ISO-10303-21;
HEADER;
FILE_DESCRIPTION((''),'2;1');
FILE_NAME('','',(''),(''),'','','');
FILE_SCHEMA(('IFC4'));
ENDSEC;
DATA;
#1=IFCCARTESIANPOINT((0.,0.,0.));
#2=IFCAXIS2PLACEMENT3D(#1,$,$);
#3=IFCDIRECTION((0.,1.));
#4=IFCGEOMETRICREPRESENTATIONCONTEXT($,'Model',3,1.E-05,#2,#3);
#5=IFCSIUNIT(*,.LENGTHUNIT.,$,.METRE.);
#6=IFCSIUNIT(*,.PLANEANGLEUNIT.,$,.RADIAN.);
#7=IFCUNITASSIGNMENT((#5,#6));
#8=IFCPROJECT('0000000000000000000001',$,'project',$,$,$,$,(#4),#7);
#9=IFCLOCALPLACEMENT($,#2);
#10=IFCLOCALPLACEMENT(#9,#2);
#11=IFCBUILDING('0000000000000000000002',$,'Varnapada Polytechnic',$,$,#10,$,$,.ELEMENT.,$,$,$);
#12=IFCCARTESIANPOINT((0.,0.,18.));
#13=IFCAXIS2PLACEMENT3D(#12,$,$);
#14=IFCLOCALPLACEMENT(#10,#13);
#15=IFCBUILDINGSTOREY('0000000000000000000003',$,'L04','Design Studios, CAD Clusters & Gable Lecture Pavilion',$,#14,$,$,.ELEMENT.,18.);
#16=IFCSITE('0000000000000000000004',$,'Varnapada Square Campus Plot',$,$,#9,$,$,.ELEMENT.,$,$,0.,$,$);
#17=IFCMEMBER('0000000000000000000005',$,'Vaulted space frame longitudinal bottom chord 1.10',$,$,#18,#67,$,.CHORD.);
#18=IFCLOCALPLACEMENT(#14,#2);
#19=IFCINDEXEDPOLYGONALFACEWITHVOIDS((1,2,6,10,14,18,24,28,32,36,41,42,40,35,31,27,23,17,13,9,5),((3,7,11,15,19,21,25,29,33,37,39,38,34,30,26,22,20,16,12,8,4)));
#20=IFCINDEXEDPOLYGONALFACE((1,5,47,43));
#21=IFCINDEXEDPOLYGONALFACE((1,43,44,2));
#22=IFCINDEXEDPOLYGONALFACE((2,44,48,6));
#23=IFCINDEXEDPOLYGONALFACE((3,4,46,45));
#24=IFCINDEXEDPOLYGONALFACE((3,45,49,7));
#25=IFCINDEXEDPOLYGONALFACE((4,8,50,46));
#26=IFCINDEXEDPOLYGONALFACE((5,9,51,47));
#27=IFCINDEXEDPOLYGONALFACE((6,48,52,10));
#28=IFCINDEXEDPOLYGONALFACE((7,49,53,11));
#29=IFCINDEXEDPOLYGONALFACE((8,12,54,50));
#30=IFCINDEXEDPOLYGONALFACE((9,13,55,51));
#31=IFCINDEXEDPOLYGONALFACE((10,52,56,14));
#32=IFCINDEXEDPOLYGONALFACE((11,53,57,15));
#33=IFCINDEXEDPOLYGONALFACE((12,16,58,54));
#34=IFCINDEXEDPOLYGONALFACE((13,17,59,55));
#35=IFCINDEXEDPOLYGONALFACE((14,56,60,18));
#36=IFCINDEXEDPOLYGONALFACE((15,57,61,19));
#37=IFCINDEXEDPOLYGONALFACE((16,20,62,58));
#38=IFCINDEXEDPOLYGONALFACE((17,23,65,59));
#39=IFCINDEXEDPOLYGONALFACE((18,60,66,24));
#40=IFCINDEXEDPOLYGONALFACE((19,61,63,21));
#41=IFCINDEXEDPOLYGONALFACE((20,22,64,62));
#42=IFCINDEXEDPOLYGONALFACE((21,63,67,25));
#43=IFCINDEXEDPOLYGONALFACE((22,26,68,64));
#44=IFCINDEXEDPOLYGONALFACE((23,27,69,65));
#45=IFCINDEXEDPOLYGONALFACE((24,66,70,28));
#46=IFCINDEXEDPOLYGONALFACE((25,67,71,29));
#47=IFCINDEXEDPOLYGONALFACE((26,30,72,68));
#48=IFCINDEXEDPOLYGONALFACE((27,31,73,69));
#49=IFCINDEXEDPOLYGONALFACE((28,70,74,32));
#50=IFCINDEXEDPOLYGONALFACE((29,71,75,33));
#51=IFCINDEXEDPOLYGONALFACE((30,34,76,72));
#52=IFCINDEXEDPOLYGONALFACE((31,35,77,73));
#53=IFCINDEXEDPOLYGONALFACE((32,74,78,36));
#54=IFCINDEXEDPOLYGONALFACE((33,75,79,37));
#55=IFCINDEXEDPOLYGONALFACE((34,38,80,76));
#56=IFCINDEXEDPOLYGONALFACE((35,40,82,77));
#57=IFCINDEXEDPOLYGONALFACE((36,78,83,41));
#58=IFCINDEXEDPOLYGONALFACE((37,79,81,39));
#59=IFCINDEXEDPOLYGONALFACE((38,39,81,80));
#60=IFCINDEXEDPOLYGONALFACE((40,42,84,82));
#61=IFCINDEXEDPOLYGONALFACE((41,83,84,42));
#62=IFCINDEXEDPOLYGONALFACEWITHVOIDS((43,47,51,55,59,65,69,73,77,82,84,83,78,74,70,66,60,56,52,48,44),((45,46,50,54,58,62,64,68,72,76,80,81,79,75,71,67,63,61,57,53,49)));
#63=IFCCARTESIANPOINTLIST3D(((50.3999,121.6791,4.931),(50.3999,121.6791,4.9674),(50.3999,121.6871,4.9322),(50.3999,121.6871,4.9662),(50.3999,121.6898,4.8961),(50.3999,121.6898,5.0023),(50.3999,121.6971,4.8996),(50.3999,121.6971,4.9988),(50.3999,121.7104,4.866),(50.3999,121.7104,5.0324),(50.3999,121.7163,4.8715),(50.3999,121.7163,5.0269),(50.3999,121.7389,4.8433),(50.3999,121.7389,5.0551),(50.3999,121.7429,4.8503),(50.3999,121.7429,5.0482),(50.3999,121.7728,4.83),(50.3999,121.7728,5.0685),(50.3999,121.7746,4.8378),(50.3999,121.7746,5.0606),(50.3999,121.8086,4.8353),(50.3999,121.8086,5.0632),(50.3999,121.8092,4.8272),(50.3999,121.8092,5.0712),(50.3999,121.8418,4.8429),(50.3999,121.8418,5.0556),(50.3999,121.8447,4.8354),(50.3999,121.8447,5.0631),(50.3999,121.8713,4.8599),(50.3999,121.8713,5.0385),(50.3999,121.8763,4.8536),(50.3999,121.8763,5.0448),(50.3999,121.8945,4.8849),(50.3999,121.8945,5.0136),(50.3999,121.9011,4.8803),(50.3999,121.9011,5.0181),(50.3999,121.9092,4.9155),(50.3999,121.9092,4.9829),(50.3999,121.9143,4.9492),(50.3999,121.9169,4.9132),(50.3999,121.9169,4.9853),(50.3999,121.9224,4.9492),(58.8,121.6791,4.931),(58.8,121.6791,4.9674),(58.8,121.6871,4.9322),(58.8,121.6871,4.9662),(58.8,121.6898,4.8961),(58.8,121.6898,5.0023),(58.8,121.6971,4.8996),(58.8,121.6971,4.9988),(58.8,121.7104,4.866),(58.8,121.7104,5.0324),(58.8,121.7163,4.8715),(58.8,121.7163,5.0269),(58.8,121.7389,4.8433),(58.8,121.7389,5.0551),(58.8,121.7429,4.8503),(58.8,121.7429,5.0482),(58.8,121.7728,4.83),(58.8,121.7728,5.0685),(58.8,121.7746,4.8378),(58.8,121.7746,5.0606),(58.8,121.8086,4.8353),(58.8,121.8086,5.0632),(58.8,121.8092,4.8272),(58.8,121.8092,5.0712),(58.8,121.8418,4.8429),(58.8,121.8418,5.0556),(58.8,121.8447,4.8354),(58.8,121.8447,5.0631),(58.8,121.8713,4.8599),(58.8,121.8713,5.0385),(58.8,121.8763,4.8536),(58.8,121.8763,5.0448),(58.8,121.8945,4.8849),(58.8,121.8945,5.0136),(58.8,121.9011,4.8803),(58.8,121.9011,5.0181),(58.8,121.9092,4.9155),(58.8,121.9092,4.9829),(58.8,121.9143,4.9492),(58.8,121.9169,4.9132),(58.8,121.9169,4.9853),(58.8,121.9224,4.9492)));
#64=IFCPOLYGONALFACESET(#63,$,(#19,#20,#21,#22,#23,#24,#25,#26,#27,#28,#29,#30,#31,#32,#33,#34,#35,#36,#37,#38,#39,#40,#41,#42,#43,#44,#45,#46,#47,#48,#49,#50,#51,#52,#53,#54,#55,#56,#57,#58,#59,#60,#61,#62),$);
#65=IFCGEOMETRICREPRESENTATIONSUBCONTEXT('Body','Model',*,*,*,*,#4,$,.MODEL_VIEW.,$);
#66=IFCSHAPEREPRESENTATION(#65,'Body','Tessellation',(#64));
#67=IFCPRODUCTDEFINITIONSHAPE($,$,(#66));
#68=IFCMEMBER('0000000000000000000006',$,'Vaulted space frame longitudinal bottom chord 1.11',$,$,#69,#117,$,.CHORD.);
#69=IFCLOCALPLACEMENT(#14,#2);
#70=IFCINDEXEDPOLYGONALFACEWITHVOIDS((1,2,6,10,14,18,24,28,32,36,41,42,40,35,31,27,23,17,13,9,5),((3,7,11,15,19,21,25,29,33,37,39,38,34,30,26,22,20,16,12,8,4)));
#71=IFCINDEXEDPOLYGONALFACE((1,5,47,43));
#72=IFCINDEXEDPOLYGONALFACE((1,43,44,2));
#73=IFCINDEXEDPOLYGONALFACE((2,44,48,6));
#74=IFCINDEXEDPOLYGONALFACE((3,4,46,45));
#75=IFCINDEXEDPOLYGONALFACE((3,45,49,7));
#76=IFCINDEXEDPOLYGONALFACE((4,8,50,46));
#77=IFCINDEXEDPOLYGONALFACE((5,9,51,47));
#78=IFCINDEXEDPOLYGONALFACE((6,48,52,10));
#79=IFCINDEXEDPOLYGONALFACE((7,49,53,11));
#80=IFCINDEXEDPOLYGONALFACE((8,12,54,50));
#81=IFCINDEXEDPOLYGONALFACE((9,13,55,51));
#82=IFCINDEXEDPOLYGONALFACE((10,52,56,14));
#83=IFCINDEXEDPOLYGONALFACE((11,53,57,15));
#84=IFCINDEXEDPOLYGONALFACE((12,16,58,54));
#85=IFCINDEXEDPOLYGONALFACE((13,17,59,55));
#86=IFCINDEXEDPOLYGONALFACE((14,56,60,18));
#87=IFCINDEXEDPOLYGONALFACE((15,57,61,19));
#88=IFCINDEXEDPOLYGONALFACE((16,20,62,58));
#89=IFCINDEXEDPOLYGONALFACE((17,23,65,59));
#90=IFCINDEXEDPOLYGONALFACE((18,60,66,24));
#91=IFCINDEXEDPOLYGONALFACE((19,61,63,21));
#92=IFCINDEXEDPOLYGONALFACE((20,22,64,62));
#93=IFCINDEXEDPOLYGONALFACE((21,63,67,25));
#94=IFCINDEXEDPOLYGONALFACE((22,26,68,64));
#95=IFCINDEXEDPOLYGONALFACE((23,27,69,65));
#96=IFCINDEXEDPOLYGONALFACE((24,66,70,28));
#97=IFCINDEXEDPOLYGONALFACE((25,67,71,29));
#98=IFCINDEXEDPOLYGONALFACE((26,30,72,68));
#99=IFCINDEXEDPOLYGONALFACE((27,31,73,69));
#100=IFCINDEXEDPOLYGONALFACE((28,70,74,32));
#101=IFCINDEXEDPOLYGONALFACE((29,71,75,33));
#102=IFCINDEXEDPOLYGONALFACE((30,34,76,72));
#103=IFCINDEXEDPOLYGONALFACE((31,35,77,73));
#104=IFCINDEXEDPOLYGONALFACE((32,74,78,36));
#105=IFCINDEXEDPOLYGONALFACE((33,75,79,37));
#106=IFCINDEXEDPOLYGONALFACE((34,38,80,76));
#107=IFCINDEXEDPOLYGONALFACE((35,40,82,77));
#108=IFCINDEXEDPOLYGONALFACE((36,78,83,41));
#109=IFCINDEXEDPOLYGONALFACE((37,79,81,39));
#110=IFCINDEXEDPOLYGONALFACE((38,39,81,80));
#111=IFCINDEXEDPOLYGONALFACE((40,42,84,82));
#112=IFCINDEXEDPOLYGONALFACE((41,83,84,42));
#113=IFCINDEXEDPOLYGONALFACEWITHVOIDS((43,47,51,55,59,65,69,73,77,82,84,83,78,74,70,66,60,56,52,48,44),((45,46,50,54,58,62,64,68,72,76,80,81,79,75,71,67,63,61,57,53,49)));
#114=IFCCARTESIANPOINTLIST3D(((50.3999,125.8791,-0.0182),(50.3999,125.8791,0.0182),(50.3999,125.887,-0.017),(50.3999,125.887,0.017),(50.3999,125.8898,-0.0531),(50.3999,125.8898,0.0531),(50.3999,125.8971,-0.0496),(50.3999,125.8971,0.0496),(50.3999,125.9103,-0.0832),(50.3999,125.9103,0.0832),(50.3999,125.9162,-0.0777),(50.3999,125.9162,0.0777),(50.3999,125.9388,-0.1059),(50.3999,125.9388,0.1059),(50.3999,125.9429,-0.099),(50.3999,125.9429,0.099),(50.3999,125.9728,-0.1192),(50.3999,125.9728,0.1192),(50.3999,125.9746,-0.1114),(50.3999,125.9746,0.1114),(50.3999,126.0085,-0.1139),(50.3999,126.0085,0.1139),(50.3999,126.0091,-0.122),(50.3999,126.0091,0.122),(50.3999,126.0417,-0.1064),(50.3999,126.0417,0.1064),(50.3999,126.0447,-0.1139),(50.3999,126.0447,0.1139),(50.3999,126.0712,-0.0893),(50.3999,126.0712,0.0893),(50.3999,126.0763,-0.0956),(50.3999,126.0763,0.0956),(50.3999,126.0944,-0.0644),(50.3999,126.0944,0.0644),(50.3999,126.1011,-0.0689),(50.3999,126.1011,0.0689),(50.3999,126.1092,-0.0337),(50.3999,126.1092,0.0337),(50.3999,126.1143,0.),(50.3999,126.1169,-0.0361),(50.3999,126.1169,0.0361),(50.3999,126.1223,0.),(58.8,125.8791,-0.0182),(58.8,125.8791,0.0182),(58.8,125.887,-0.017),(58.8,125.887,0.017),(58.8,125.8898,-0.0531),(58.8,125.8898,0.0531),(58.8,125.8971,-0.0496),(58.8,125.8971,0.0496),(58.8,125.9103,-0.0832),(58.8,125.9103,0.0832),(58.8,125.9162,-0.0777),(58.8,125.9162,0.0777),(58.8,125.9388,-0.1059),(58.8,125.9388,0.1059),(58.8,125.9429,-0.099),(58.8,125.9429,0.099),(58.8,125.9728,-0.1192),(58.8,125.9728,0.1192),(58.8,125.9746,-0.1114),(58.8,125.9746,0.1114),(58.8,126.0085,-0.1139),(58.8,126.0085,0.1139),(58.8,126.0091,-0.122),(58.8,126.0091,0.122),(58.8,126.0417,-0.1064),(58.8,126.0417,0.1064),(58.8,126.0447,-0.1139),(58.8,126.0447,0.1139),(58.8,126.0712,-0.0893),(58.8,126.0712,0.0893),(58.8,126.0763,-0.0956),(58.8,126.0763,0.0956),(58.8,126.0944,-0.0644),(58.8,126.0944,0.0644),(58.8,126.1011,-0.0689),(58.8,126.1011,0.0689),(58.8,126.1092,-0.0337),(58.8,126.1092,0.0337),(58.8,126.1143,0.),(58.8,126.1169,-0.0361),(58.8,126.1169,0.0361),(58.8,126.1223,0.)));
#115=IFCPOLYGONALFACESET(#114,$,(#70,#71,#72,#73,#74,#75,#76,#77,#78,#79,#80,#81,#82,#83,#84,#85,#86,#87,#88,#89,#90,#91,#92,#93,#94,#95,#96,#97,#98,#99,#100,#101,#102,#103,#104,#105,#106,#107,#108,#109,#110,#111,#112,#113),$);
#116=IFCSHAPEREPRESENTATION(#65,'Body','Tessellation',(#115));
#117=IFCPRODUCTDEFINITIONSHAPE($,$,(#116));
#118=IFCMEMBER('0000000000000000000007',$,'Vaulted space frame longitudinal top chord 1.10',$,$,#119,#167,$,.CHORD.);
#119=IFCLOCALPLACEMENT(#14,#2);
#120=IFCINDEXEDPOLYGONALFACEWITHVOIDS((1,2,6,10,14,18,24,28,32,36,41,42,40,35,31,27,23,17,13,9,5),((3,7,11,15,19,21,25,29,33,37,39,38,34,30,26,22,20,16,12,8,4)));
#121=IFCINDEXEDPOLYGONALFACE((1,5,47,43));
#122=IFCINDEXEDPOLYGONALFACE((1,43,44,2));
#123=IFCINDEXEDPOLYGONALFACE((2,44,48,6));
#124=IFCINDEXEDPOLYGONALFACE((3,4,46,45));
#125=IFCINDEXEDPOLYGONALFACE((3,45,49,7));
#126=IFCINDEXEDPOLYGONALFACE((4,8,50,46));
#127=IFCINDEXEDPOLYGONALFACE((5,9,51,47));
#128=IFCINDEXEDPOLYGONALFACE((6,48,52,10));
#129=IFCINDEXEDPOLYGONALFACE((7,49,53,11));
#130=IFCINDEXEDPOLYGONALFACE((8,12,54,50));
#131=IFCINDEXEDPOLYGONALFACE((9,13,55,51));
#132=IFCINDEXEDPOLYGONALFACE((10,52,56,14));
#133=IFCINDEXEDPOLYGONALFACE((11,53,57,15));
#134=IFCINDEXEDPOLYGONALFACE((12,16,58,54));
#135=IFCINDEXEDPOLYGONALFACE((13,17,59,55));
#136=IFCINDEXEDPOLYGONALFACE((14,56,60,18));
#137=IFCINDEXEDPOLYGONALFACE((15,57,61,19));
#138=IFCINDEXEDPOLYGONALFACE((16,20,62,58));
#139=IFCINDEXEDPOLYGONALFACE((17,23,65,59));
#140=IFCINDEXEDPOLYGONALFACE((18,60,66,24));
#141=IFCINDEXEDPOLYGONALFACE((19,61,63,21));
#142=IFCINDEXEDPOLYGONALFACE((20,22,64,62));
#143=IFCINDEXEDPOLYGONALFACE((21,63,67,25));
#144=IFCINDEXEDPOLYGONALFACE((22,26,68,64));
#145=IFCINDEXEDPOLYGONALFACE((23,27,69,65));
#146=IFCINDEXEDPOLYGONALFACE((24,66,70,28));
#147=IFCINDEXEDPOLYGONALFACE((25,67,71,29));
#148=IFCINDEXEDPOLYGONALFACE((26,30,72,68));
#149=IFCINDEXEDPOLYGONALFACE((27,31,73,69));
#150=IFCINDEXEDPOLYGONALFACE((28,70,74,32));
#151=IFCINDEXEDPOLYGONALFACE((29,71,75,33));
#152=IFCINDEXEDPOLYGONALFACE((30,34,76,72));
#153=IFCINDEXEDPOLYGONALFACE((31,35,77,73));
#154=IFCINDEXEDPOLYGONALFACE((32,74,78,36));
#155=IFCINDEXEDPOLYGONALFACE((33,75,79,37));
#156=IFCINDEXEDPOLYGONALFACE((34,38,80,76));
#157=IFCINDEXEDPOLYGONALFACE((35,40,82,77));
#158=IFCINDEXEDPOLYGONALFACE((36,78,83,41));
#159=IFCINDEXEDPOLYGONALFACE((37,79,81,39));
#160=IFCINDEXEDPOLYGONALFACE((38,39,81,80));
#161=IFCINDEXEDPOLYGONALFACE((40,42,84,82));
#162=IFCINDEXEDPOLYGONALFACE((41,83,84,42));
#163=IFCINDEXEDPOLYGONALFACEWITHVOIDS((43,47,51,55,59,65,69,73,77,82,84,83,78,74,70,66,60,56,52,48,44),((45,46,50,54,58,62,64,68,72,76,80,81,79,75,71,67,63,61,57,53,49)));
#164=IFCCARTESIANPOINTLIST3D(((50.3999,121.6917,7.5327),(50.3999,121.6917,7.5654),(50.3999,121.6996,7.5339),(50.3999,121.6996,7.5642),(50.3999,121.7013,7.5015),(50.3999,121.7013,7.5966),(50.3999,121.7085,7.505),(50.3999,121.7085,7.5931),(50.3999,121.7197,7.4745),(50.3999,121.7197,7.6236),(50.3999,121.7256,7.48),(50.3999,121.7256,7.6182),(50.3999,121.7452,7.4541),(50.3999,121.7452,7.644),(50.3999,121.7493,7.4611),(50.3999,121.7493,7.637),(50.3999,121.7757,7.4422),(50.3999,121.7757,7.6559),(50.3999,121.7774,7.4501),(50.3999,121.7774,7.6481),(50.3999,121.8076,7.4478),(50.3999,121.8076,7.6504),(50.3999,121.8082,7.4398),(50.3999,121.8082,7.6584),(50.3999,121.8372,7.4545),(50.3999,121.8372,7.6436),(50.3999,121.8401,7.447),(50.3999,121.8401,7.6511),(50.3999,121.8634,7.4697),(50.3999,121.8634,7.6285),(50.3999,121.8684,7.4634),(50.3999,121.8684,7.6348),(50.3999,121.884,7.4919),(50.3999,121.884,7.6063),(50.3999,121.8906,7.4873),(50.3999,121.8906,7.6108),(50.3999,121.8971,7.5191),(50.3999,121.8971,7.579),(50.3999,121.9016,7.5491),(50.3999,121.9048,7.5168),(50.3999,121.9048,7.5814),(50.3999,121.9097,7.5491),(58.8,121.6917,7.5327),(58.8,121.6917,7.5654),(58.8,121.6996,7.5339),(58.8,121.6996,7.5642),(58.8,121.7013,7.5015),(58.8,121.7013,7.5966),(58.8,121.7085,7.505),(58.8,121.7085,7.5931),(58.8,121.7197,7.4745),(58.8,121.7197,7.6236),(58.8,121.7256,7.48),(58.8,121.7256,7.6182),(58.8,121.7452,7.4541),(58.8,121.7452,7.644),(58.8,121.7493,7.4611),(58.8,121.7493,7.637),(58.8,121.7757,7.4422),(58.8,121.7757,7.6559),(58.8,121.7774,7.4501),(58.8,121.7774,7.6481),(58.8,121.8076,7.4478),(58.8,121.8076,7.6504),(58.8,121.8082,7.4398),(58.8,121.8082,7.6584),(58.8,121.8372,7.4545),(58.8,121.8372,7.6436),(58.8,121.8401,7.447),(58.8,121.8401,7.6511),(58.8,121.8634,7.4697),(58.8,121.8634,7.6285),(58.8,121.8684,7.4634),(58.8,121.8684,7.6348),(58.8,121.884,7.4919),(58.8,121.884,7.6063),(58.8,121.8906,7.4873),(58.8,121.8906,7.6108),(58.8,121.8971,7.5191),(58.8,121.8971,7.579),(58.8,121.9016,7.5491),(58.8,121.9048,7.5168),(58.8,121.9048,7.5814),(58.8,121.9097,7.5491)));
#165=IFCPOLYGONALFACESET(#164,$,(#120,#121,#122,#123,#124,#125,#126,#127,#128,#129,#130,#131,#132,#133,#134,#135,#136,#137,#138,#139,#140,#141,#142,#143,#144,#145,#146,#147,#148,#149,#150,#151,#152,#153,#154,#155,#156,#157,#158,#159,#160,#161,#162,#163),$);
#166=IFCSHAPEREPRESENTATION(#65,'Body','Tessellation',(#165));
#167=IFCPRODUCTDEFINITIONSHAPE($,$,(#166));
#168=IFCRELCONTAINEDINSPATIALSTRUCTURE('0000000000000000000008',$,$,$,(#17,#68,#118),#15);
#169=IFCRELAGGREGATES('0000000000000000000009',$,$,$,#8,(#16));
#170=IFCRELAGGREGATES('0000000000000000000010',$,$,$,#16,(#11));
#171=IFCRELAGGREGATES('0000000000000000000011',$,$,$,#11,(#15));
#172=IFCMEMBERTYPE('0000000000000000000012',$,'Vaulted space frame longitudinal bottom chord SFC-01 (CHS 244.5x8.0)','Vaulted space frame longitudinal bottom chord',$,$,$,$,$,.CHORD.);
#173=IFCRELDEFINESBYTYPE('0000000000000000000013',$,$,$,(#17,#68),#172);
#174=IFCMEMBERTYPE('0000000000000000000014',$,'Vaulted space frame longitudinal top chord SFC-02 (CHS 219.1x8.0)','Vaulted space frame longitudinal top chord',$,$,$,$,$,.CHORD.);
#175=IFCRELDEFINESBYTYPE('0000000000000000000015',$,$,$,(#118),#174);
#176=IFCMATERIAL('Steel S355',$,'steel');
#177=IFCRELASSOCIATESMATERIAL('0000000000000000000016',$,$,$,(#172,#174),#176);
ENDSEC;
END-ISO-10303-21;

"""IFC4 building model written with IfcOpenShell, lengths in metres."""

from ifc_helpers import new_model, si_unit, direction, frame, origin, origin_2d, place, context, subcontext, project, spatial, hollow_circle, extrude, material, material_profile, profile_set, type_object, element, save


model = new_model("IFC4")

# Units and contexts
model_context = context("Model", 3, precision=1e-05, world=origin(), true_north=direction((0.0, 1.0)))
body_context = subcontext(model_context, "Body", "Model", "MODEL_VIEW")
ifc_project = project(units=[si_unit("LENGTHUNIT", "METRE"), si_unit("PLANEANGLEUNIT", "RADIAN")], contexts=[model_context])

# Site, building, storey
site_placement = place(None, origin())
site = spatial("IfcSite", under=ifc_project, at=site_placement, Name="Varnapada Square Campus Plot", CompositionType="ELEMENT", RefElevation=0.0)
building_placement = place(site_placement, origin())
building = spatial("IfcBuilding", under=site, at=building_placement, Name="Varnapada Polytechnic", CompositionType="ELEMENT")
storey_placement = place(building_placement, frame((0.0, 0.0, 18.0)))
storey = spatial("IfcBuildingStorey", under=building, at=storey_placement, Name="L04", Description="Design Studios, CAD Clusters & Gable Lecture Pavilion", CompositionType="ELEMENT", Elevation=18.0)

# Shared definitions
ifc_material = material(Name="Steel S355", Category="steel")

# Members
ifc_material_profile_1 = material_profile(ifc_material, hollow_circle(Radius=0.1223, WallThickness=0.0081, at=origin_2d()), Name="CHS 244.5x8.0")
ifc_profile_set_1 = profile_set([ifc_material_profile_1], Name="Steel S355")
member_type_1 = type_object("IfcMemberType", Name="Vaulted space frame longitudinal bottom chord SFC-01 (CHS 244.5x8.0)", Description="Vaulted space frame longitudinal bottom chord", PredefinedType="CHORD", material=ifc_profile_set_1)
for number, where, z_axis, x_axis, name in (
    (1, (50.3999, 121.8, 4.9492), (1.0, 0.0, 0.0), (0.0, 1.0, 0.0), "Vaulted space frame longitudinal bottom chord 1.10"),
    (2, (50.3999, 126.0, 0.0), (1.0, 0.0, 0.0), (0.0, 1.0, 0.0), "Vaulted space frame longitudinal bottom chord 1.11"),
):
    element("IfcMember", number, at=place(storey_placement, frame(where, z_axis=z_axis, x_axis=x_axis)), inside=storey, type_object=member_type_1, Name=name, PredefinedType="CHORD", context=body_context, shape_type="SweptSolid", body=[
        extrude(hollow_circle(Radius=0.1223, WallThickness=0.0081, at=origin_2d()), origin(), (0.0, 0.0, 1.0), 8.4001),
    ])
ifc_material_profile_2 = material_profile(ifc_material, hollow_circle(Radius=0.1096, WallThickness=0.0081, at=origin_2d()), Name="CHS 219.1x8.0")
ifc_profile_set_2 = profile_set([ifc_material_profile_2], Name="Steel S355")
member_type_2 = type_object("IfcMemberType", Name="Vaulted space frame longitudinal top chord SFC-02 (CHS 219.1x8.0)", Description="Vaulted space frame longitudinal top chord", PredefinedType="CHORD", material=ifc_profile_set_2)
for number, where, z_axis, x_axis, name in (
    (3, (50.3999, 121.8, 7.5491), (1.0, 0.0, 0.0), (0.0, 1.0, 0.0), "Vaulted space frame longitudinal top chord 1.10"),
):
    element("IfcMember", number, at=place(storey_placement, frame(where, z_axis=z_axis, x_axis=x_axis)), inside=storey, type_object=member_type_2, Name=name, PredefinedType="CHORD", context=body_context, shape_type="SweptSolid", body=[
        extrude(hollow_circle(Radius=0.1096, WallThickness=0.0081, at=origin_2d()), origin(), (0.0, 0.0, 1.0), 8.4001),
    ])

save(model, "model.ifc")
